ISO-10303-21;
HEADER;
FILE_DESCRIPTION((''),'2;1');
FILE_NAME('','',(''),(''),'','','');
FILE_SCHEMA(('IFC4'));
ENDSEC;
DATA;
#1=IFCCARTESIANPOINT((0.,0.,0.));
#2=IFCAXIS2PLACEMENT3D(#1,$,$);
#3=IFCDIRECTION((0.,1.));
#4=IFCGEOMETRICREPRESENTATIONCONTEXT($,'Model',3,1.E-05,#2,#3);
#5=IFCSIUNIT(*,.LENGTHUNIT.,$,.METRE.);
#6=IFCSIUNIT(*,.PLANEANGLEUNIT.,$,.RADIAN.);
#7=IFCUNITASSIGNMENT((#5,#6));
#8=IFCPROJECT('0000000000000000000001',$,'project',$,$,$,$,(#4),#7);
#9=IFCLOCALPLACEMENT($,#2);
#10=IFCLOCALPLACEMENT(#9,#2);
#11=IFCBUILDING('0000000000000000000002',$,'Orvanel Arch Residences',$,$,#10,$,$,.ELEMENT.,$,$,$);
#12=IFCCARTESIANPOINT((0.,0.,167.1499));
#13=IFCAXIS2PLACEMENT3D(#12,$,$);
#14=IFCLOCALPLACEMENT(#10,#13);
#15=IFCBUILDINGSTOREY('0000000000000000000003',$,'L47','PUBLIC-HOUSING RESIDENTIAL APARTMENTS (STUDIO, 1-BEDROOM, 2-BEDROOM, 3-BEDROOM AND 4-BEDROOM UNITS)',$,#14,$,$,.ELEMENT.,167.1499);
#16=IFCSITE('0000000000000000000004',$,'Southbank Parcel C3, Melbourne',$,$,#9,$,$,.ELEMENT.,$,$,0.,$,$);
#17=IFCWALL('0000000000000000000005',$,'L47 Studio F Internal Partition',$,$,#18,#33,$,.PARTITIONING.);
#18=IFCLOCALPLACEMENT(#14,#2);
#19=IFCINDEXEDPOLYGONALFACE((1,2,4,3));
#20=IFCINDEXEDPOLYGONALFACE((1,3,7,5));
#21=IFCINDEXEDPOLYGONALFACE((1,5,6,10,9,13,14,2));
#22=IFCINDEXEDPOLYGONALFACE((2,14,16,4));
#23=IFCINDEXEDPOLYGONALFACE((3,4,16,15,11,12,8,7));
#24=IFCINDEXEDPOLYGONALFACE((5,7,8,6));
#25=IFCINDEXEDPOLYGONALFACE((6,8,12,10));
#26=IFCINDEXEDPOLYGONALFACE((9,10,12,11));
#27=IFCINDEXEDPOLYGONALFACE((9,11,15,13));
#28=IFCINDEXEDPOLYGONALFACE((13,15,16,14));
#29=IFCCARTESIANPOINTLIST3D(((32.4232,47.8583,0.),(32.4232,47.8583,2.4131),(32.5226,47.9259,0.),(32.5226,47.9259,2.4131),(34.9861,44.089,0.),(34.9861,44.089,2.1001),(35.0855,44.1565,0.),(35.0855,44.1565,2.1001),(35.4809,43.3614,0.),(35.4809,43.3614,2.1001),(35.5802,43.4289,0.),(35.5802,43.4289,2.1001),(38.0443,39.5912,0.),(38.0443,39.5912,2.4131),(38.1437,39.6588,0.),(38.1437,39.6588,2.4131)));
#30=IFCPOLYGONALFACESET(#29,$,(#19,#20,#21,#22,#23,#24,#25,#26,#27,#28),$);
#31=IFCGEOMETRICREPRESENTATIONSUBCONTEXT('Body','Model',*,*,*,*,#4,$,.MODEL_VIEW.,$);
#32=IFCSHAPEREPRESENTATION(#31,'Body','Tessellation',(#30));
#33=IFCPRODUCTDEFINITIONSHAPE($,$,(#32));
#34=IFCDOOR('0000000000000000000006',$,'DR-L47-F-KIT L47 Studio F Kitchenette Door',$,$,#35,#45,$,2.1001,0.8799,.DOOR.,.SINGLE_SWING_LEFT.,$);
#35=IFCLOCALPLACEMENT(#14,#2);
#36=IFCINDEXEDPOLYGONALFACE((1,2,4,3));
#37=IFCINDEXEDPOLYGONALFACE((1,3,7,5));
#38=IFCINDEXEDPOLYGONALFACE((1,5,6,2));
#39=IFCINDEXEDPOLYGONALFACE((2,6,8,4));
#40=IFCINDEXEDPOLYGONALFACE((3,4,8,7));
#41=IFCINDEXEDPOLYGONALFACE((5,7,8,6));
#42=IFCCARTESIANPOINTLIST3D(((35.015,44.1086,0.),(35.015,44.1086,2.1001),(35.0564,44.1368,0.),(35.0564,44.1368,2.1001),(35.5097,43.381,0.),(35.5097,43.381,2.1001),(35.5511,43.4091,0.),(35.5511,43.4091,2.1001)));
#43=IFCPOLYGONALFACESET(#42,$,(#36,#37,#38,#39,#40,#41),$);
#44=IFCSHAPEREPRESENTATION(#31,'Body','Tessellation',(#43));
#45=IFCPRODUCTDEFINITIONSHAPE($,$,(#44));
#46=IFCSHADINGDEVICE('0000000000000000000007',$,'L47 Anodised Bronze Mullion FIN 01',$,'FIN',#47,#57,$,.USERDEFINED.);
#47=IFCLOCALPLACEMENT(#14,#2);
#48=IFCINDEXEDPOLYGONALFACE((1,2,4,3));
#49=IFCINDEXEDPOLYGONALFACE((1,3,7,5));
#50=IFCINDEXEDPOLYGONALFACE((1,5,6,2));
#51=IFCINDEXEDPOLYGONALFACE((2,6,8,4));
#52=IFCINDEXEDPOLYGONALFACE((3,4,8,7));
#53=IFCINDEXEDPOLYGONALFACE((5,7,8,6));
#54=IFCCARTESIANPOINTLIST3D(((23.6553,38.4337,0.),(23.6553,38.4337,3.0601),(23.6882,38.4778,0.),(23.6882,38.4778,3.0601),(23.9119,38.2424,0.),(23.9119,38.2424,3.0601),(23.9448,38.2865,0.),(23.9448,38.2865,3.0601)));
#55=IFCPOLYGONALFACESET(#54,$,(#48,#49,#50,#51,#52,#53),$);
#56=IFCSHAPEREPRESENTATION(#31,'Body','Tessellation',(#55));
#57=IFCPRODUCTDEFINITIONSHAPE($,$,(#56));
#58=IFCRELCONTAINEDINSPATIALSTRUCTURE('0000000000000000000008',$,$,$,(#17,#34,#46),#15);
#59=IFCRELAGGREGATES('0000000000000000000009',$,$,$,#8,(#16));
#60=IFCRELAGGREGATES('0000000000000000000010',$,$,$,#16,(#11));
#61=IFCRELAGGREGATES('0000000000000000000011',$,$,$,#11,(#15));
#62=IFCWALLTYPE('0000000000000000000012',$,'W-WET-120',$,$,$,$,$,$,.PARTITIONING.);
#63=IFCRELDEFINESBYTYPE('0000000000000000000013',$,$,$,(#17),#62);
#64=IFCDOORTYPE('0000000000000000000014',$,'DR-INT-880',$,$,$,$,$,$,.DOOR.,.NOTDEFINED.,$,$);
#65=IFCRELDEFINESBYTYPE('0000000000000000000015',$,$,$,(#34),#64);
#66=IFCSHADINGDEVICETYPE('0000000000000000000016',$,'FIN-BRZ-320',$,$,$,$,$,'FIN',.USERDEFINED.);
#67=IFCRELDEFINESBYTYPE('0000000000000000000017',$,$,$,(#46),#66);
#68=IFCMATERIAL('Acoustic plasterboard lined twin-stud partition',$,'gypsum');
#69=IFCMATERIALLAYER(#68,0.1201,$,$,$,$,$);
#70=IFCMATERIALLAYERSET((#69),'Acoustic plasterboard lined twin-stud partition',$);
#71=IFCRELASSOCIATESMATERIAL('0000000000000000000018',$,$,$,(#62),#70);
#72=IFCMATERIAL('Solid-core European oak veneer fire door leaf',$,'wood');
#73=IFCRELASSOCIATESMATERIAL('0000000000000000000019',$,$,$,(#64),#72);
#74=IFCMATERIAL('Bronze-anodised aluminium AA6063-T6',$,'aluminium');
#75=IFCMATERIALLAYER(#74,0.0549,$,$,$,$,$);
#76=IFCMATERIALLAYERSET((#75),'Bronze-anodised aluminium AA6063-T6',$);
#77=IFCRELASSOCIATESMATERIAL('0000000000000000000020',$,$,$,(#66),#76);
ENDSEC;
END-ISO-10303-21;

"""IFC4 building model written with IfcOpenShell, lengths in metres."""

from ifc_helpers import new_model, si_unit, direction, frame, frame_2d, origin, origin_2d, place, context, subcontext, project, spatial, rectangle, extrude, material, layer, layer_set, type_object, element, fill, save


model = new_model("IFC4")

# Units and contexts
model_context = context("Model", 3, precision=1e-05, world=origin(), true_north=direction((0.0, 1.0)))
body_context = subcontext(model_context, "Body", "Model", "MODEL_VIEW")
ifc_project = project(units=[si_unit("LENGTHUNIT", "METRE"), si_unit("PLANEANGLEUNIT", "RADIAN")], contexts=[model_context])

# Site, building, storey
site_placement = place(None, origin())
site = spatial("IfcSite", under=ifc_project, at=site_placement, Name="Southbank Parcel C3, Melbourne", CompositionType="ELEMENT", RefElevation=0.0)
building_placement = place(site_placement, origin())
building = spatial("IfcBuilding", under=site, at=building_placement, Name="Orvanel Arch Residences", CompositionType="ELEMENT")
storey_placement = place(building_placement, frame((0.0, 0.0, 167.1499)))
storey = spatial("IfcBuildingStorey", under=building, at=storey_placement, Name="L47", Description="PUBLIC-HOUSING RESIDENTIAL APARTMENTS (STUDIO, 1-BEDROOM, 2-BEDROOM, 3-BEDROOM AND 4-BEDROOM UNITS)", CompositionType="ELEMENT", Elevation=167.1499)

# Shared definitions
ifc_material_1 = material(Name="Bronze-anodised aluminium AA6063-T6", Category="aluminium")

# Wall, opening, door
ifc_material_2 = material(Name="Acoustic plasterboard lined twin-stud partition", Category="gypsum")
ifc_layer_1 = layer(ifc_material_2, 0.1201)
ifc_layer_set_1 = layer_set([ifc_layer_1], Name="Acoustic plasterboard lined twin-stud partition")
wall_type_1 = type_object("IfcWallType", Name="W-WET-120", PredefinedType="PARTITIONING", material=ifc_layer_set_1)
wall_1_placement = place(storey_placement, frame((32.4729, 47.8921, 0.0), z_axis=(0.0, 0.0, 1.0), x_axis=(0.562274, -0.826951, 0.0)))
wall_1 = element("IfcWall", 1, at=wall_1_placement, inside=storey, type_object=wall_type_1, Name="L47 Studio F Internal Partition", PredefinedType="PARTITIONING", context=body_context, shape_type="SweptSolid", body=[
    extrude(rectangle(XDim=9.9971, YDim=0.1201, at=frame_2d((4.9985, 0.0))), origin(), (0.0, 0.0, 1.0), 2.4131),
])
opening_placement = place(wall_1_placement, frame((4.5581, 0.0, 0.0)))
opening = element("IfcOpeningElement", 2, at=opening_placement, cuts=wall_1, PredefinedType="OPENING", context=body_context, shape_type="SweptSolid", body=[
    extrude(rectangle(XDim=0.8799, YDim=2.1001, at=frame_2d((0.4399, 1.05))), frame((0.0, 0.0701, 0.0), z_axis=(0.0, -1.0, 0.0), x_axis=(1.0, 0.0, 0.0)), (0.0, 0.0, 1.0), 0.1401),
])
ifc_material_3 = material(Name="Solid-core European oak veneer fire door leaf", Category="wood")
door_type = type_object("IfcDoorType", Name="DR-INT-880", OperationType="NOTDEFINED", PredefinedType="DOOR", material=ifc_material_3)
door_placement = place(opening_placement, origin())
door = element("IfcDoor", 3, at=door_placement, inside=storey, type_object=door_type, Name="DR-L47-F-KIT L47 Studio F Kitchenette Door", OperationType="SINGLE_SWING_LEFT", OverallHeight=2.1001, OverallWidth=0.8799, PredefinedType="DOOR", context=body_context, shape_type="SweptSolid", body=[
    extrude(rectangle(XDim=0.8799, YDim=2.1001, at=frame_2d((0.4399, 1.05))), frame((0.0, 0.0249, 0.0), z_axis=(0.0, -1.0, 0.0), x_axis=(1.0, 0.0, 0.0)), (0.0, 0.0, 1.0), 0.05),
])
fill(opening, door)

# Shading device
ifc_layer_2 = layer(ifc_material_1, 0.0549)
ifc_layer_set_2 = layer_set([ifc_layer_2], Name="Bronze-anodised aluminium AA6063-T6")
shading_device_type = type_object("IfcShadingDeviceType", Name="FIN-BRZ-320", ElementType="FIN", PredefinedType="USERDEFINED", material=ifc_layer_set_2)
shading_device_placement = place(storey_placement, frame((23.8, 38.3601, 0.0), z_axis=(0.0, 0.0, 1.0), x_axis=(-0.801776, 0.597625, 0.0)))
element("IfcShadingDevice", 4, at=shading_device_placement, inside=storey, type_object=shading_device_type, Name="L47 Anodised Bronze Mullion FIN 01", ObjectType="FIN", PredefinedType="USERDEFINED", context=body_context, shape_type="SweptSolid", body=[
    extrude(rectangle(XDim=0.3201, YDim=0.0549, at=origin_2d()), origin(), (0.0, 0.0, 1.0), 3.0601),
])

save(model, "model.ifc")
